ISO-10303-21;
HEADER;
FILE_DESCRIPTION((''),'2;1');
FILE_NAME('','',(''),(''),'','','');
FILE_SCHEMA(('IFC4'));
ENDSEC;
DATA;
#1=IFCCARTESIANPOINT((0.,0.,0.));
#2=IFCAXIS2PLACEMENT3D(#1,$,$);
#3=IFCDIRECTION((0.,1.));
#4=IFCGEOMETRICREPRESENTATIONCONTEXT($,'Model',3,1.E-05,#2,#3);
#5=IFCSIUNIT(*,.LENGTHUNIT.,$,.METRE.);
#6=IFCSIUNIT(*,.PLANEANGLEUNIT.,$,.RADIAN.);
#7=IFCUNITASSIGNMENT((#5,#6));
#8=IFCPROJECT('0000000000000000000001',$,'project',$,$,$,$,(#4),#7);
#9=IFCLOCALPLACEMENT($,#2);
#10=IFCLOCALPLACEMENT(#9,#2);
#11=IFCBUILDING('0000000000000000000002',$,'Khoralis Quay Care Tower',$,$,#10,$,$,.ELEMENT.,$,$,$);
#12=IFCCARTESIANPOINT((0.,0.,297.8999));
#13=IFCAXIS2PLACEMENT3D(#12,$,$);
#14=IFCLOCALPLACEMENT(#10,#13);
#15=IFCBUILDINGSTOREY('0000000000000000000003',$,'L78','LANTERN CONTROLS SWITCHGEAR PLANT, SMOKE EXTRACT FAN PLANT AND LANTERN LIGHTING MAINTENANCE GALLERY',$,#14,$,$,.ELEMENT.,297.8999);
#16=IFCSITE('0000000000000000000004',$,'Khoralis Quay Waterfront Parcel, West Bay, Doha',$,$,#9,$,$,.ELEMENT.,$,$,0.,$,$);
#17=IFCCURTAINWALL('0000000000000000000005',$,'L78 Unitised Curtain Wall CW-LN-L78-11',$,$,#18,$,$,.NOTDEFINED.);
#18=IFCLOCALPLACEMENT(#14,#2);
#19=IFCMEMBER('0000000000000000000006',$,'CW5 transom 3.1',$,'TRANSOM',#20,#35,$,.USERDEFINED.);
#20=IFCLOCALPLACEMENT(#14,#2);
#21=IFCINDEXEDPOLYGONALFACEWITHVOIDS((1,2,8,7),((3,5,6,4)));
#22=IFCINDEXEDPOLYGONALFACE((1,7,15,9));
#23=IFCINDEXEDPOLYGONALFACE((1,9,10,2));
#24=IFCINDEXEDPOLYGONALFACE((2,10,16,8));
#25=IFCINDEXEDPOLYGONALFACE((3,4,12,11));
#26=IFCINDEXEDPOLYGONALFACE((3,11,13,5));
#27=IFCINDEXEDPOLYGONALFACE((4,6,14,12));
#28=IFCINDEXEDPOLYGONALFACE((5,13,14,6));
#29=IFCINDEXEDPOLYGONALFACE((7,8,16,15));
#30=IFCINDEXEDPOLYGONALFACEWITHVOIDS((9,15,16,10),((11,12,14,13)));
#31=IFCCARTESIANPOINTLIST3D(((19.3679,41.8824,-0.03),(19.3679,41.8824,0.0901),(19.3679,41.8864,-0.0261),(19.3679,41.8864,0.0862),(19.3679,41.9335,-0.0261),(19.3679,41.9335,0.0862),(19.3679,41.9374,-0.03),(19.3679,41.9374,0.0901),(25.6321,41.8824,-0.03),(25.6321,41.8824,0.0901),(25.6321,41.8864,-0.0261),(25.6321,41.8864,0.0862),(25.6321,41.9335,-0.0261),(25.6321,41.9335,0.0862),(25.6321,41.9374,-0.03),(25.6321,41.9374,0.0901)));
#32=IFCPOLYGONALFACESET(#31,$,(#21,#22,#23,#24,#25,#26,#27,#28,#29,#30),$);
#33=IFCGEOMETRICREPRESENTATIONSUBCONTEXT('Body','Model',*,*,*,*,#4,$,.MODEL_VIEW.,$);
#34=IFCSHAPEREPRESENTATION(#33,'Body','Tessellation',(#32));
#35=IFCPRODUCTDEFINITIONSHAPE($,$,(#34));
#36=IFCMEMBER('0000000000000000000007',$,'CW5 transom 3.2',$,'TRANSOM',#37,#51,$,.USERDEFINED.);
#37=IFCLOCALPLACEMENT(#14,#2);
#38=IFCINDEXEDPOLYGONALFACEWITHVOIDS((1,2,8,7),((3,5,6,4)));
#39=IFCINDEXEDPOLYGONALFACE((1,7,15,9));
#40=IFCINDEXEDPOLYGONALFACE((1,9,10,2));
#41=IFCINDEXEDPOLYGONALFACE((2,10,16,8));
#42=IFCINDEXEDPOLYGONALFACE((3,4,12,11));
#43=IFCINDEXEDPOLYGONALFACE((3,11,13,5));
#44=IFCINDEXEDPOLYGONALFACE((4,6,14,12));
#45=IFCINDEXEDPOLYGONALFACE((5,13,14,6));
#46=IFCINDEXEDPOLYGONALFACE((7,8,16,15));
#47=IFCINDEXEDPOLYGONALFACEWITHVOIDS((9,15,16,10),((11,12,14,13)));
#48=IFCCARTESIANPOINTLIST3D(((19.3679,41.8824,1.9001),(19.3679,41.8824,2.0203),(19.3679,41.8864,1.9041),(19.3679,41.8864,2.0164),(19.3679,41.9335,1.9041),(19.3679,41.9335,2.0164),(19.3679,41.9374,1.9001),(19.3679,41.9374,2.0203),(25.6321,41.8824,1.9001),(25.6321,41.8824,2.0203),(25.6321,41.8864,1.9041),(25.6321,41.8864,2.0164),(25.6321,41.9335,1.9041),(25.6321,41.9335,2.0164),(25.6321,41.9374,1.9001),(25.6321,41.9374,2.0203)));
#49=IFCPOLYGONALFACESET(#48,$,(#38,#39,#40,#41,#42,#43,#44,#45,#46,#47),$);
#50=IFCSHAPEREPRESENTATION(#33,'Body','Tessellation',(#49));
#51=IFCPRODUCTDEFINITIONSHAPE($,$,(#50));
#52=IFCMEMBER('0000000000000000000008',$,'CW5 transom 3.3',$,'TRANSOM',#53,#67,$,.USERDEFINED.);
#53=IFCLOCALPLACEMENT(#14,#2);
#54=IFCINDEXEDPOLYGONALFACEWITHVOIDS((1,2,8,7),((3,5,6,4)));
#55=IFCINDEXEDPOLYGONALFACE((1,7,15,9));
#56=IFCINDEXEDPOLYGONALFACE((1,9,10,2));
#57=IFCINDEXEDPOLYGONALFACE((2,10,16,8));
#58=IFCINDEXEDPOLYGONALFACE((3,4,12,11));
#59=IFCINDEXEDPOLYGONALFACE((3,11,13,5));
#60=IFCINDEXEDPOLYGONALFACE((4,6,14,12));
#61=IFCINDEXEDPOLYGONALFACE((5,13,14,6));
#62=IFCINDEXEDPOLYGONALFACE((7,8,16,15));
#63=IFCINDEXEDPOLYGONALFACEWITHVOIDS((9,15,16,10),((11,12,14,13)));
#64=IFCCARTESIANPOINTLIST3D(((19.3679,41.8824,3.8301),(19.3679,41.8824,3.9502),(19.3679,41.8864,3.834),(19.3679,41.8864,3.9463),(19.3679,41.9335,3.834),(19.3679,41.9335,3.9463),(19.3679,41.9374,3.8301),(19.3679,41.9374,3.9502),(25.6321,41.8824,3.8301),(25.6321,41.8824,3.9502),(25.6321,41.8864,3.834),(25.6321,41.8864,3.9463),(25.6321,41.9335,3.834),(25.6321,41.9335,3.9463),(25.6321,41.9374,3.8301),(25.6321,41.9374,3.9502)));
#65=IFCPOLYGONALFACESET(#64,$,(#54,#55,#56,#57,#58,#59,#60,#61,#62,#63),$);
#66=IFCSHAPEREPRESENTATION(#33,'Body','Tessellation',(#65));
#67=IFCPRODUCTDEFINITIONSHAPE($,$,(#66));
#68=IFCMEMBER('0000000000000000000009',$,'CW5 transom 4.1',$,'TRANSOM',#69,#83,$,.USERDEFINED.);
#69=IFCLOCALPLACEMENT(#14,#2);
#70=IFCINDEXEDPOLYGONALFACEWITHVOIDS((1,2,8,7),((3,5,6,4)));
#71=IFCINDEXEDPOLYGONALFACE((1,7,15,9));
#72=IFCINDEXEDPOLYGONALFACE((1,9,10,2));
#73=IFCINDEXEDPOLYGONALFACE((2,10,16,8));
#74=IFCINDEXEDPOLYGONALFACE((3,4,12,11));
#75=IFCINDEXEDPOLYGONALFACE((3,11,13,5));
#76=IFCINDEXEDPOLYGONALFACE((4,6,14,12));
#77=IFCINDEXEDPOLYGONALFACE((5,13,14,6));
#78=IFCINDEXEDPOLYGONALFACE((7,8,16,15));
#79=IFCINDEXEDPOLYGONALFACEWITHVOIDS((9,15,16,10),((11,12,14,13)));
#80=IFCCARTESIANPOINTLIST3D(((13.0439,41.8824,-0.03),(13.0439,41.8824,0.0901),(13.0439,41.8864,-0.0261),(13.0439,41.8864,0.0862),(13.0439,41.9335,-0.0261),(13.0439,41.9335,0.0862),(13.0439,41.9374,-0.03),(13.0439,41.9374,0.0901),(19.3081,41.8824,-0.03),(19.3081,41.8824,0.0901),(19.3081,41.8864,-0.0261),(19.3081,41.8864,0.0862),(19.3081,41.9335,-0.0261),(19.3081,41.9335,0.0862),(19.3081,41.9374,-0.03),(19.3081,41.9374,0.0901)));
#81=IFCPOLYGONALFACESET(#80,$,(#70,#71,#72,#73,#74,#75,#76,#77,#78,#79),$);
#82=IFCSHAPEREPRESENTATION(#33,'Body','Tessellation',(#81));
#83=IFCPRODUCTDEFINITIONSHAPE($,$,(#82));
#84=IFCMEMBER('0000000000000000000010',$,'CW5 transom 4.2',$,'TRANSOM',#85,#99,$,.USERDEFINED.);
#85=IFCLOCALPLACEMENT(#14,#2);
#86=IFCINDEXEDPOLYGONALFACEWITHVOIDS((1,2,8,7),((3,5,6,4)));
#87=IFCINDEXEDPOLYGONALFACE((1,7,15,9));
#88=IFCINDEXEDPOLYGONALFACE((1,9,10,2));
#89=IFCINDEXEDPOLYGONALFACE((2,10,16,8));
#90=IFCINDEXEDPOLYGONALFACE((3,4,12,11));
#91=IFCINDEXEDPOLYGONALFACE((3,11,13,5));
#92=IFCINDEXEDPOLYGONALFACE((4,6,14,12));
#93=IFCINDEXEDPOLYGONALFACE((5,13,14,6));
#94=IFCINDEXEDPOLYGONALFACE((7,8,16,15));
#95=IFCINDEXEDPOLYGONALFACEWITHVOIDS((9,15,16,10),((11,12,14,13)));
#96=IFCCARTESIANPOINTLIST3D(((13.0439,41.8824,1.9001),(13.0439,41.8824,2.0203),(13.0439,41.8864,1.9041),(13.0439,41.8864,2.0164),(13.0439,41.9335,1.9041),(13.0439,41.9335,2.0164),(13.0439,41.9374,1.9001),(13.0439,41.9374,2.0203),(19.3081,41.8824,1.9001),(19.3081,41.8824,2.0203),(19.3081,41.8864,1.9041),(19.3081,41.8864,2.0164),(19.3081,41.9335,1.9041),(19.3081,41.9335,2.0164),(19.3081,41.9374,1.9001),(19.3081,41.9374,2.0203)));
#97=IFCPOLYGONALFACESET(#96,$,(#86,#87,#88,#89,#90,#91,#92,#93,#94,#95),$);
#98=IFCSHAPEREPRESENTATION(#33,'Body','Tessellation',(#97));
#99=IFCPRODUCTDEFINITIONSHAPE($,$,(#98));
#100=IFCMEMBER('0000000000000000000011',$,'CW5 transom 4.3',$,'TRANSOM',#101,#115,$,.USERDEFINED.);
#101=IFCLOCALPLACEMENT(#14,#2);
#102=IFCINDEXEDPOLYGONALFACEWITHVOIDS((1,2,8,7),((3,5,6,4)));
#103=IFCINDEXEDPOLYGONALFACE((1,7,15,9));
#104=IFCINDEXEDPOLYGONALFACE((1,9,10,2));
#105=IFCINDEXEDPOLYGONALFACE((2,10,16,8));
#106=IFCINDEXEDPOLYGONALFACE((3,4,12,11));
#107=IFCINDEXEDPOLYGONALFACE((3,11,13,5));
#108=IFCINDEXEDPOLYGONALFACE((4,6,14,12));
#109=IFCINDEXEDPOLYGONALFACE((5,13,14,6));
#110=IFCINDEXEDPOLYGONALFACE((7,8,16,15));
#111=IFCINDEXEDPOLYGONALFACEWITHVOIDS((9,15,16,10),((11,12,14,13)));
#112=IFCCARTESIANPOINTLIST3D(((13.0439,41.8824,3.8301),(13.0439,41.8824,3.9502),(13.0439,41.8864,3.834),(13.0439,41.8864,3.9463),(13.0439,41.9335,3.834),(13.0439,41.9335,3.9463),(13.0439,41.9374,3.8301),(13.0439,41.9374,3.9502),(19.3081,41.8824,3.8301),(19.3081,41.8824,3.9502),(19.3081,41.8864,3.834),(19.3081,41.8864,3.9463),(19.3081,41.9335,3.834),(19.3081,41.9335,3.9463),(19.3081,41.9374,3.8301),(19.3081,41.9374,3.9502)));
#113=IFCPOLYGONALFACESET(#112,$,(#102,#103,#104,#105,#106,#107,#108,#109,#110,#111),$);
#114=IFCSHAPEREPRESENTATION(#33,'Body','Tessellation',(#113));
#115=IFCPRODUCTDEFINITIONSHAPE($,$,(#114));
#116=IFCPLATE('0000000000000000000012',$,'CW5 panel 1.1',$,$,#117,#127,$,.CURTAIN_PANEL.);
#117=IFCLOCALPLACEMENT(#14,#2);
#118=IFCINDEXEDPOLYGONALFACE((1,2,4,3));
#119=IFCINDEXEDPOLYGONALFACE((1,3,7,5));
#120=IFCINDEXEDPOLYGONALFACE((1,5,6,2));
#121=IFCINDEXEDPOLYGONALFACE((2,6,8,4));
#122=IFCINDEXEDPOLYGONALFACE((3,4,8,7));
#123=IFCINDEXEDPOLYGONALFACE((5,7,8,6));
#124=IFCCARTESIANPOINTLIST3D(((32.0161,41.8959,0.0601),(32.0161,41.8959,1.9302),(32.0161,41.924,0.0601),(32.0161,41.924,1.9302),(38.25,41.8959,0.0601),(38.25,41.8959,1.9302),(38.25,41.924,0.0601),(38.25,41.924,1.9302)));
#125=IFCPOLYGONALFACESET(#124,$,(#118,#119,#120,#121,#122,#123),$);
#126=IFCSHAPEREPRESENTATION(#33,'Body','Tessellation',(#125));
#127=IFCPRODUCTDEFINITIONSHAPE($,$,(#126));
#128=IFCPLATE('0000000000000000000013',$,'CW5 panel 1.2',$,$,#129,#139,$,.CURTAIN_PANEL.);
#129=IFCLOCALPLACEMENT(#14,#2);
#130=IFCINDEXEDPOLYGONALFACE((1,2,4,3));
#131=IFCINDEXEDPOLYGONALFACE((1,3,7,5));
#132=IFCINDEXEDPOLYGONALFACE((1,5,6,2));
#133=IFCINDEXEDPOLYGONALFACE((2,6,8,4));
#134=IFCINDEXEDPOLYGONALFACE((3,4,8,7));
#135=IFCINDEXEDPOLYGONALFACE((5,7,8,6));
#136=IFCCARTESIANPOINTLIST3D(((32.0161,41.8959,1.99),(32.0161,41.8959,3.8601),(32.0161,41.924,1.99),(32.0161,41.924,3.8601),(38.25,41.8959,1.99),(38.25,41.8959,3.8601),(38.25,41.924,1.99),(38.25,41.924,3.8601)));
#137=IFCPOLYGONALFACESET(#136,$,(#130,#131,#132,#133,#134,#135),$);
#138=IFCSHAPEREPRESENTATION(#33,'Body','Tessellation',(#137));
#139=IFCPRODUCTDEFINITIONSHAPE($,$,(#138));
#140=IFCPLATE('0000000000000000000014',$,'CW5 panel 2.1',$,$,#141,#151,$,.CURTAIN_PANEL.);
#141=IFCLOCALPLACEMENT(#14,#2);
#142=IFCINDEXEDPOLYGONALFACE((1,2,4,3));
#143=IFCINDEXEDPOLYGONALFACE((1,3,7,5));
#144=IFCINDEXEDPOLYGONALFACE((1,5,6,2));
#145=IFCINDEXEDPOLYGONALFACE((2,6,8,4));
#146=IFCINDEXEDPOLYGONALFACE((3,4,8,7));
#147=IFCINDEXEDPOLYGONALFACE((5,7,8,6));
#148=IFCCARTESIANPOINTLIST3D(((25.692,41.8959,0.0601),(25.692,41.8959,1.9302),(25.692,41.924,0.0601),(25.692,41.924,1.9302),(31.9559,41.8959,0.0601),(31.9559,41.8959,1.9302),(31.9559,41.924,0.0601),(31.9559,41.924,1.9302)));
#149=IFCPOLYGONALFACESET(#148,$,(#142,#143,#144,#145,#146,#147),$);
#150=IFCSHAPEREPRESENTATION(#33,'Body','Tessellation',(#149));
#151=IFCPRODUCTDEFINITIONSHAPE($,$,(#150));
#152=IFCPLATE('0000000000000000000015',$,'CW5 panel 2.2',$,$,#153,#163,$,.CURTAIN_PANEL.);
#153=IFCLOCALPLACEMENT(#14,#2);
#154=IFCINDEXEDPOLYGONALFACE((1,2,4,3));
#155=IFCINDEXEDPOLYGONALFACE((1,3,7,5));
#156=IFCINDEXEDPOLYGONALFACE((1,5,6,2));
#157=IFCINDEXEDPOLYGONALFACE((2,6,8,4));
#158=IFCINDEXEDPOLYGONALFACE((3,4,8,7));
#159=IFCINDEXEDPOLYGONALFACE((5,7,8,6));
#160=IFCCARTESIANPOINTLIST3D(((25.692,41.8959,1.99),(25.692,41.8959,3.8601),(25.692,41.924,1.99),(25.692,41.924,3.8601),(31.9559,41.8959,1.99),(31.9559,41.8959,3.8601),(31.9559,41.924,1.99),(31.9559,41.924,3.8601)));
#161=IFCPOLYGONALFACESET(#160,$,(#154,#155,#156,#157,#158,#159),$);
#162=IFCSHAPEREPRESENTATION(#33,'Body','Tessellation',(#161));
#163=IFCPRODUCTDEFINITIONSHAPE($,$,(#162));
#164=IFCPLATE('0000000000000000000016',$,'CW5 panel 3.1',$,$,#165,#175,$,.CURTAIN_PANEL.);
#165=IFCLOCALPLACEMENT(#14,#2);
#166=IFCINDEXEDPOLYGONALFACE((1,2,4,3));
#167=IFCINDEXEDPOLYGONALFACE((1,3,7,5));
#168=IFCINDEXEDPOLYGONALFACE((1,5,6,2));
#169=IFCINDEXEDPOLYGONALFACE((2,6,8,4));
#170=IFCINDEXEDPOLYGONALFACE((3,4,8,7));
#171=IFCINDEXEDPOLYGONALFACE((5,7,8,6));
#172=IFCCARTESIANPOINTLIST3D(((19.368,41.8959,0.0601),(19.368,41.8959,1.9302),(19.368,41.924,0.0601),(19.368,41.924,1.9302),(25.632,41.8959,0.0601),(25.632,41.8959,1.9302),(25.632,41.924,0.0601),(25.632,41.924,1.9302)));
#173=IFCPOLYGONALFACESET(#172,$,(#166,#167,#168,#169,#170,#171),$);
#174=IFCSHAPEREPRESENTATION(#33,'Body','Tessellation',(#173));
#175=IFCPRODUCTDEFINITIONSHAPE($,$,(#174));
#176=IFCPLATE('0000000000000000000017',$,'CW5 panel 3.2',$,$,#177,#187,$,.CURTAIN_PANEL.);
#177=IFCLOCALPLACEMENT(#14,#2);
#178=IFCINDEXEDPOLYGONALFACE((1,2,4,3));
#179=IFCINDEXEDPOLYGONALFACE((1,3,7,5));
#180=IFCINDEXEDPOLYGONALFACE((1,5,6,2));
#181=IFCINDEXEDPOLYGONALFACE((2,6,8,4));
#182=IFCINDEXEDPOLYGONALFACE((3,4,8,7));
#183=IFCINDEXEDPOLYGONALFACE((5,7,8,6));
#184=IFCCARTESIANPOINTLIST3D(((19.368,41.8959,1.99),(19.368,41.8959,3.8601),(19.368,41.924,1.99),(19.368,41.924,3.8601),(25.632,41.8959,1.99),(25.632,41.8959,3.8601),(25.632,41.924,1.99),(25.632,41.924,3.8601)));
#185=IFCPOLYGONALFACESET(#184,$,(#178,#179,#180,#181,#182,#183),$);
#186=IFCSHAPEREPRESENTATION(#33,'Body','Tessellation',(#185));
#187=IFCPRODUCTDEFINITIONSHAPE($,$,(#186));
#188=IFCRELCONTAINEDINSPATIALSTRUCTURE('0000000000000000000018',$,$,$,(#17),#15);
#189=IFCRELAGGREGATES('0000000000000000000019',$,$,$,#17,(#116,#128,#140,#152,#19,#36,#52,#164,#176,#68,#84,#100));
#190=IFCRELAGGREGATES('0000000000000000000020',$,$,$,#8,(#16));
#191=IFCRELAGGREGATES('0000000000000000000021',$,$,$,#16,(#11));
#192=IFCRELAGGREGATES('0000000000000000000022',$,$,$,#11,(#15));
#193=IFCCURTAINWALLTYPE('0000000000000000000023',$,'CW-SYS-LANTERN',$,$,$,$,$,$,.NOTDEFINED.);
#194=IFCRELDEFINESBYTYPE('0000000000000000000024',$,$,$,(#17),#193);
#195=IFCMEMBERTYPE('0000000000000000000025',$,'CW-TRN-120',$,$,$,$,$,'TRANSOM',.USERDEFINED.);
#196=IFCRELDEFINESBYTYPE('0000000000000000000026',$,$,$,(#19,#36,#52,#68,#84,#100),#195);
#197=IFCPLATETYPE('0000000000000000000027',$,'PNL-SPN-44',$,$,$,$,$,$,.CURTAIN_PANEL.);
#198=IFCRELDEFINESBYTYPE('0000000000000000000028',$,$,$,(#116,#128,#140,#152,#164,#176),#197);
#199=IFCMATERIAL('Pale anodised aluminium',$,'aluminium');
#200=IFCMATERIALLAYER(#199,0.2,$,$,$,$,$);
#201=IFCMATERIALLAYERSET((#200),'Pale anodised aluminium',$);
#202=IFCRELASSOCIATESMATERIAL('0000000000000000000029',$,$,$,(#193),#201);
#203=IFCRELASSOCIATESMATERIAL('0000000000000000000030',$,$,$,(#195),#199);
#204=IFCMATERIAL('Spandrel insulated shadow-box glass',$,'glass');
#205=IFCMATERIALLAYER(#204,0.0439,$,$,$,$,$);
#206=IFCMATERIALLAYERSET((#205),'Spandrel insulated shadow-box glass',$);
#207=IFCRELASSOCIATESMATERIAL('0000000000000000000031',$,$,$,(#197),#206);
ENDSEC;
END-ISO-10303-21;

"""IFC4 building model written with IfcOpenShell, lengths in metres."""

from ifc_helpers import new_model, si_unit, direction, frame, origin, origin_2d, place, context, subcontext, project, spatial, rectangle, hollow_rectangle, extrude, source, transform, mapped, material, layer, layer_set, material_profile, profile_set, type_object, element, aggregate, save


model = new_model("IFC4")

# Units and contexts
model_context = context("Model", 3, precision=1e-05, world=origin(), true_north=direction((0.0, 1.0)))
body_context = subcontext(model_context, "Body", "Model", "MODEL_VIEW")
ifc_project = project(units=[si_unit("LENGTHUNIT", "METRE"), si_unit("PLANEANGLEUNIT", "RADIAN")], contexts=[model_context])

# Site, building, storey
site_placement = place(None, origin())
site = spatial("IfcSite", under=ifc_project, at=site_placement, Name="Khoralis Quay Waterfront Parcel, West Bay, Doha", CompositionType="ELEMENT", RefElevation=0.0)
building_placement = place(site_placement, origin())
building = spatial("IfcBuilding", under=site, at=building_placement, Name="Khoralis Quay Care Tower", CompositionType="ELEMENT")
storey_placement = place(building_placement, frame((0.0, 0.0, 297.8999)))
storey = spatial("IfcBuildingStorey", under=building, at=storey_placement, Name="L78", Description="LANTERN CONTROLS SWITCHGEAR PLANT, SMOKE EXTRACT FAN PLANT AND LANTERN LIGHTING MAINTENANCE GALLERY", CompositionType="ELEMENT", Elevation=297.8999)

# Curtain wall, members, plates
ifc_material_1 = material(Name="Pale anodised aluminium", Category="aluminium")
ifc_layer_1 = layer(ifc_material_1, 0.2)
ifc_layer_set_1 = layer_set([ifc_layer_1], Name="Pale anodised aluminium")
curtain_wall_type = type_object("IfcCurtainWallType", Name="CW-SYS-LANTERN", PredefinedType="NOTDEFINED", material=ifc_layer_set_1)
curtain_wall_placement = place(storey_placement, origin())
curtain_wall = element("IfcCurtainWall", 1, at=curtain_wall_placement, inside=storey, type_object=curtain_wall_type, Name="L78 Unitised Curtain Wall CW-LN-L78-11", PredefinedType="NOTDEFINED")
ifc_material_profile_1 = material_profile(ifc_material_1, hollow_rectangle(XDim=0.0549, YDim=0.1201, WallThickness=0.0039, at=origin_2d()), Name="Pale anodised aluminium")
ifc_profile_set_1 = profile_set([ifc_material_profile_1], Name="Pale anodised aluminium")
member_type_1 = type_object("IfcMemberType", Name="CW-TRN-120", ElementType="TRANSOM", PredefinedType="USERDEFINED", material=ifc_profile_set_1)
shared_shape_1 = source(origin(), body_context, "Body", "SweptSolid", [
    extrude(hollow_rectangle(XDim=0.0549, YDim=0.1201, WallThickness=0.0039, at=origin_2d()), origin(), (0.0, 0.0, 1.0), 6.2642),
])
member_1_placement = place(storey_placement, frame((25.6321, 41.9099, 0.03), z_axis=(-1.0, 0.0, 0.0), x_axis=(0.0, -1.0, 0.0)))
member_1 = element("IfcMember", 2, at=member_1_placement, type_object=member_type_1, Name="CW5 transom 3.1", ObjectType="TRANSOM", PredefinedType="USERDEFINED", context=body_context, shape_type="MappedRepresentation", body=[
    mapped(shared_shape_1, transform((0.0, 0.0, 0.0), scale=1.0)),
])
member_2_placement = place(storey_placement, frame((25.6321, 41.9099, 1.9602), z_axis=(-1.0, 0.0, 0.0), x_axis=(0.0, -1.0, 0.0)))
member_2 = element("IfcMember", 3, at=member_2_placement, type_object=member_type_1, Name="CW5 transom 3.2", ObjectType="TRANSOM", PredefinedType="USERDEFINED", context=body_context, shape_type="MappedRepresentation", body=[
    mapped(shared_shape_1, transform((0.0, 0.0, 0.0), scale=1.0)),
])
member_3_placement = place(storey_placement, frame((25.6321, 41.9099, 3.8901), z_axis=(-1.0, 0.0, 0.0), x_axis=(0.0, -1.0, 0.0)))
member_3 = element("IfcMember", 4, at=member_3_placement, type_object=member_type_1, Name="CW5 transom 3.3", ObjectType="TRANSOM", PredefinedType="USERDEFINED", context=body_context, shape_type="MappedRepresentation", body=[
    mapped(shared_shape_1, transform((0.0, 0.0, 0.0), scale=1.0)),
])
member_4_placement = place(storey_placement, frame((19.3081, 41.9099, 0.03), z_axis=(-1.0, 0.0, 0.0), x_axis=(0.0, -1.0, 0.0)))
member_4 = element("IfcMember", 5, at=member_4_placement, type_object=member_type_1, Name="CW5 transom 4.1", ObjectType="TRANSOM", PredefinedType="USERDEFINED", context=body_context, shape_type="MappedRepresentation", body=[
    mapped(shared_shape_1, transform((0.0, 0.0, 0.0), scale=1.0)),
])
member_5_placement = place(storey_placement, frame((19.3081, 41.9099, 1.9602), z_axis=(-1.0, 0.0, 0.0), x_axis=(0.0, -1.0, 0.0)))
member_5 = element("IfcMember", 6, at=member_5_placement, type_object=member_type_1, Name="CW5 transom 4.2", ObjectType="TRANSOM", PredefinedType="USERDEFINED", context=body_context, shape_type="MappedRepresentation", body=[
    mapped(shared_shape_1, transform((0.0, 0.0, 0.0), scale=1.0)),
])
member_6_placement = place(storey_placement, frame((19.3081, 41.9099, 3.8901), z_axis=(-1.0, 0.0, 0.0), x_axis=(0.0, -1.0, 0.0)))
member_6 = element("IfcMember", 7, at=member_6_placement, type_object=member_type_1, Name="CW5 transom 4.3", ObjectType="TRANSOM", PredefinedType="USERDEFINED", context=body_context, shape_type="MappedRepresentation", body=[
    mapped(shared_shape_1, transform((0.0, 0.0, 0.0), scale=1.0)),
])
ifc_material_2 = material(Name="Spandrel insulated shadow-box glass", Category="glass")
ifc_layer_2 = layer(ifc_material_2, 0.0439)
ifc_layer_set_2 = layer_set([ifc_layer_2], Name="Spandrel insulated shadow-box glass")
plate_type = type_object("IfcPlateType", Name="PNL-SPN-44", PredefinedType="CURTAIN_PANEL", material=ifc_layer_set_2)
shared_shape_2 = source(origin(), body_context, "Body", "SweptSolid", [
    extrude(rectangle(XDim=6.2339, YDim=0.0281, at=origin_2d()), origin(), (0.0, 0.0, 1.0), 1.8701),
])
plate_1_placement = place(storey_placement, frame((35.1331, 41.9099, 0.0601), z_axis=(0.0, 0.0, 1.0), x_axis=(-1.0, 0.0, 0.0)))
plate_1 = element("IfcPlate", 8, at=plate_1_placement, type_object=plate_type, Name="CW5 panel 1.1", PredefinedType="CURTAIN_PANEL", context=body_context, shape_type="MappedRepresentation", body=[
    mapped(shared_shape_2, transform((0.0, 0.0, 0.0), scale=1.0)),
])
plate_2_placement = place(storey_placement, frame((35.1331, 41.9099, 1.99), z_axis=(0.0, 0.0, 1.0), x_axis=(-1.0, 0.0, 0.0)))
plate_2 = element("IfcPlate", 9, at=plate_2_placement, type_object=plate_type, Name="CW5 panel 1.2", PredefinedType="CURTAIN_PANEL", context=body_context, shape_type="MappedRepresentation", body=[
    mapped(shared_shape_2, transform((0.0, 0.0, 0.0), scale=1.0)),
])
shared_shape_3 = source(origin(), body_context, "Body", "SweptSolid", [
    extrude(rectangle(XDim=6.2639, YDim=0.0281, at=origin_2d()), origin(), (0.0, 0.0, 1.0), 1.8701),
])
plate_3_placement = place(storey_placement, frame((28.824, 41.9099, 0.0601), z_axis=(0.0, 0.0, 1.0), x_axis=(-1.0, 0.0, 0.0)))
plate_3 = element("IfcPlate", 10, at=plate_3_placement, type_object=plate_type, Name="CW5 panel 2.1", PredefinedType="CURTAIN_PANEL", context=body_context, shape_type="MappedRepresentation", body=[
    mapped(shared_shape_3, transform((0.0, 0.0, 0.0), scale=1.0)),
])
plate_4_placement = place(storey_placement, frame((28.824, 41.9099, 1.99), z_axis=(0.0, 0.0, 1.0), x_axis=(-1.0, 0.0, 0.0)))
plate_4 = element("IfcPlate", 11, at=plate_4_placement, type_object=plate_type, Name="CW5 panel 2.2", PredefinedType="CURTAIN_PANEL", context=body_context, shape_type="MappedRepresentation", body=[
    mapped(shared_shape_3, transform((0.0, 0.0, 0.0), scale=1.0)),
])
plate_5_placement = place(storey_placement, frame((22.5, 41.9099, 0.0601), z_axis=(0.0, 0.0, 1.0), x_axis=(-1.0, 0.0, 0.0)))
plate_5 = element("IfcPlate", 12, at=plate_5_placement, type_object=plate_type, Name="CW5 panel 3.1", PredefinedType="CURTAIN_PANEL", context=body_context, shape_type="MappedRepresentation", body=[
    mapped(shared_shape_3, transform((0.0, 0.0, 0.0), scale=1.0)),
])
plate_6_placement = place(storey_placement, frame((22.5, 41.9099, 1.99), z_axis=(0.0, 0.0, 1.0), x_axis=(-1.0, 0.0, 0.0)))
plate_6 = element("IfcPlate", 13, at=plate_6_placement, type_object=plate_type, Name="CW5 panel 3.2", PredefinedType="CURTAIN_PANEL", context=body_context, shape_type="MappedRepresentation", body=[
    mapped(shared_shape_3, transform((0.0, 0.0, 0.0), scale=1.0)),
])
aggregate(curtain_wall, [plate_1, plate_2, plate_3, plate_4, member_1, member_2, member_3, plate_5, plate_6, member_4, member_5, member_6])

save(model, "model.ifc")
